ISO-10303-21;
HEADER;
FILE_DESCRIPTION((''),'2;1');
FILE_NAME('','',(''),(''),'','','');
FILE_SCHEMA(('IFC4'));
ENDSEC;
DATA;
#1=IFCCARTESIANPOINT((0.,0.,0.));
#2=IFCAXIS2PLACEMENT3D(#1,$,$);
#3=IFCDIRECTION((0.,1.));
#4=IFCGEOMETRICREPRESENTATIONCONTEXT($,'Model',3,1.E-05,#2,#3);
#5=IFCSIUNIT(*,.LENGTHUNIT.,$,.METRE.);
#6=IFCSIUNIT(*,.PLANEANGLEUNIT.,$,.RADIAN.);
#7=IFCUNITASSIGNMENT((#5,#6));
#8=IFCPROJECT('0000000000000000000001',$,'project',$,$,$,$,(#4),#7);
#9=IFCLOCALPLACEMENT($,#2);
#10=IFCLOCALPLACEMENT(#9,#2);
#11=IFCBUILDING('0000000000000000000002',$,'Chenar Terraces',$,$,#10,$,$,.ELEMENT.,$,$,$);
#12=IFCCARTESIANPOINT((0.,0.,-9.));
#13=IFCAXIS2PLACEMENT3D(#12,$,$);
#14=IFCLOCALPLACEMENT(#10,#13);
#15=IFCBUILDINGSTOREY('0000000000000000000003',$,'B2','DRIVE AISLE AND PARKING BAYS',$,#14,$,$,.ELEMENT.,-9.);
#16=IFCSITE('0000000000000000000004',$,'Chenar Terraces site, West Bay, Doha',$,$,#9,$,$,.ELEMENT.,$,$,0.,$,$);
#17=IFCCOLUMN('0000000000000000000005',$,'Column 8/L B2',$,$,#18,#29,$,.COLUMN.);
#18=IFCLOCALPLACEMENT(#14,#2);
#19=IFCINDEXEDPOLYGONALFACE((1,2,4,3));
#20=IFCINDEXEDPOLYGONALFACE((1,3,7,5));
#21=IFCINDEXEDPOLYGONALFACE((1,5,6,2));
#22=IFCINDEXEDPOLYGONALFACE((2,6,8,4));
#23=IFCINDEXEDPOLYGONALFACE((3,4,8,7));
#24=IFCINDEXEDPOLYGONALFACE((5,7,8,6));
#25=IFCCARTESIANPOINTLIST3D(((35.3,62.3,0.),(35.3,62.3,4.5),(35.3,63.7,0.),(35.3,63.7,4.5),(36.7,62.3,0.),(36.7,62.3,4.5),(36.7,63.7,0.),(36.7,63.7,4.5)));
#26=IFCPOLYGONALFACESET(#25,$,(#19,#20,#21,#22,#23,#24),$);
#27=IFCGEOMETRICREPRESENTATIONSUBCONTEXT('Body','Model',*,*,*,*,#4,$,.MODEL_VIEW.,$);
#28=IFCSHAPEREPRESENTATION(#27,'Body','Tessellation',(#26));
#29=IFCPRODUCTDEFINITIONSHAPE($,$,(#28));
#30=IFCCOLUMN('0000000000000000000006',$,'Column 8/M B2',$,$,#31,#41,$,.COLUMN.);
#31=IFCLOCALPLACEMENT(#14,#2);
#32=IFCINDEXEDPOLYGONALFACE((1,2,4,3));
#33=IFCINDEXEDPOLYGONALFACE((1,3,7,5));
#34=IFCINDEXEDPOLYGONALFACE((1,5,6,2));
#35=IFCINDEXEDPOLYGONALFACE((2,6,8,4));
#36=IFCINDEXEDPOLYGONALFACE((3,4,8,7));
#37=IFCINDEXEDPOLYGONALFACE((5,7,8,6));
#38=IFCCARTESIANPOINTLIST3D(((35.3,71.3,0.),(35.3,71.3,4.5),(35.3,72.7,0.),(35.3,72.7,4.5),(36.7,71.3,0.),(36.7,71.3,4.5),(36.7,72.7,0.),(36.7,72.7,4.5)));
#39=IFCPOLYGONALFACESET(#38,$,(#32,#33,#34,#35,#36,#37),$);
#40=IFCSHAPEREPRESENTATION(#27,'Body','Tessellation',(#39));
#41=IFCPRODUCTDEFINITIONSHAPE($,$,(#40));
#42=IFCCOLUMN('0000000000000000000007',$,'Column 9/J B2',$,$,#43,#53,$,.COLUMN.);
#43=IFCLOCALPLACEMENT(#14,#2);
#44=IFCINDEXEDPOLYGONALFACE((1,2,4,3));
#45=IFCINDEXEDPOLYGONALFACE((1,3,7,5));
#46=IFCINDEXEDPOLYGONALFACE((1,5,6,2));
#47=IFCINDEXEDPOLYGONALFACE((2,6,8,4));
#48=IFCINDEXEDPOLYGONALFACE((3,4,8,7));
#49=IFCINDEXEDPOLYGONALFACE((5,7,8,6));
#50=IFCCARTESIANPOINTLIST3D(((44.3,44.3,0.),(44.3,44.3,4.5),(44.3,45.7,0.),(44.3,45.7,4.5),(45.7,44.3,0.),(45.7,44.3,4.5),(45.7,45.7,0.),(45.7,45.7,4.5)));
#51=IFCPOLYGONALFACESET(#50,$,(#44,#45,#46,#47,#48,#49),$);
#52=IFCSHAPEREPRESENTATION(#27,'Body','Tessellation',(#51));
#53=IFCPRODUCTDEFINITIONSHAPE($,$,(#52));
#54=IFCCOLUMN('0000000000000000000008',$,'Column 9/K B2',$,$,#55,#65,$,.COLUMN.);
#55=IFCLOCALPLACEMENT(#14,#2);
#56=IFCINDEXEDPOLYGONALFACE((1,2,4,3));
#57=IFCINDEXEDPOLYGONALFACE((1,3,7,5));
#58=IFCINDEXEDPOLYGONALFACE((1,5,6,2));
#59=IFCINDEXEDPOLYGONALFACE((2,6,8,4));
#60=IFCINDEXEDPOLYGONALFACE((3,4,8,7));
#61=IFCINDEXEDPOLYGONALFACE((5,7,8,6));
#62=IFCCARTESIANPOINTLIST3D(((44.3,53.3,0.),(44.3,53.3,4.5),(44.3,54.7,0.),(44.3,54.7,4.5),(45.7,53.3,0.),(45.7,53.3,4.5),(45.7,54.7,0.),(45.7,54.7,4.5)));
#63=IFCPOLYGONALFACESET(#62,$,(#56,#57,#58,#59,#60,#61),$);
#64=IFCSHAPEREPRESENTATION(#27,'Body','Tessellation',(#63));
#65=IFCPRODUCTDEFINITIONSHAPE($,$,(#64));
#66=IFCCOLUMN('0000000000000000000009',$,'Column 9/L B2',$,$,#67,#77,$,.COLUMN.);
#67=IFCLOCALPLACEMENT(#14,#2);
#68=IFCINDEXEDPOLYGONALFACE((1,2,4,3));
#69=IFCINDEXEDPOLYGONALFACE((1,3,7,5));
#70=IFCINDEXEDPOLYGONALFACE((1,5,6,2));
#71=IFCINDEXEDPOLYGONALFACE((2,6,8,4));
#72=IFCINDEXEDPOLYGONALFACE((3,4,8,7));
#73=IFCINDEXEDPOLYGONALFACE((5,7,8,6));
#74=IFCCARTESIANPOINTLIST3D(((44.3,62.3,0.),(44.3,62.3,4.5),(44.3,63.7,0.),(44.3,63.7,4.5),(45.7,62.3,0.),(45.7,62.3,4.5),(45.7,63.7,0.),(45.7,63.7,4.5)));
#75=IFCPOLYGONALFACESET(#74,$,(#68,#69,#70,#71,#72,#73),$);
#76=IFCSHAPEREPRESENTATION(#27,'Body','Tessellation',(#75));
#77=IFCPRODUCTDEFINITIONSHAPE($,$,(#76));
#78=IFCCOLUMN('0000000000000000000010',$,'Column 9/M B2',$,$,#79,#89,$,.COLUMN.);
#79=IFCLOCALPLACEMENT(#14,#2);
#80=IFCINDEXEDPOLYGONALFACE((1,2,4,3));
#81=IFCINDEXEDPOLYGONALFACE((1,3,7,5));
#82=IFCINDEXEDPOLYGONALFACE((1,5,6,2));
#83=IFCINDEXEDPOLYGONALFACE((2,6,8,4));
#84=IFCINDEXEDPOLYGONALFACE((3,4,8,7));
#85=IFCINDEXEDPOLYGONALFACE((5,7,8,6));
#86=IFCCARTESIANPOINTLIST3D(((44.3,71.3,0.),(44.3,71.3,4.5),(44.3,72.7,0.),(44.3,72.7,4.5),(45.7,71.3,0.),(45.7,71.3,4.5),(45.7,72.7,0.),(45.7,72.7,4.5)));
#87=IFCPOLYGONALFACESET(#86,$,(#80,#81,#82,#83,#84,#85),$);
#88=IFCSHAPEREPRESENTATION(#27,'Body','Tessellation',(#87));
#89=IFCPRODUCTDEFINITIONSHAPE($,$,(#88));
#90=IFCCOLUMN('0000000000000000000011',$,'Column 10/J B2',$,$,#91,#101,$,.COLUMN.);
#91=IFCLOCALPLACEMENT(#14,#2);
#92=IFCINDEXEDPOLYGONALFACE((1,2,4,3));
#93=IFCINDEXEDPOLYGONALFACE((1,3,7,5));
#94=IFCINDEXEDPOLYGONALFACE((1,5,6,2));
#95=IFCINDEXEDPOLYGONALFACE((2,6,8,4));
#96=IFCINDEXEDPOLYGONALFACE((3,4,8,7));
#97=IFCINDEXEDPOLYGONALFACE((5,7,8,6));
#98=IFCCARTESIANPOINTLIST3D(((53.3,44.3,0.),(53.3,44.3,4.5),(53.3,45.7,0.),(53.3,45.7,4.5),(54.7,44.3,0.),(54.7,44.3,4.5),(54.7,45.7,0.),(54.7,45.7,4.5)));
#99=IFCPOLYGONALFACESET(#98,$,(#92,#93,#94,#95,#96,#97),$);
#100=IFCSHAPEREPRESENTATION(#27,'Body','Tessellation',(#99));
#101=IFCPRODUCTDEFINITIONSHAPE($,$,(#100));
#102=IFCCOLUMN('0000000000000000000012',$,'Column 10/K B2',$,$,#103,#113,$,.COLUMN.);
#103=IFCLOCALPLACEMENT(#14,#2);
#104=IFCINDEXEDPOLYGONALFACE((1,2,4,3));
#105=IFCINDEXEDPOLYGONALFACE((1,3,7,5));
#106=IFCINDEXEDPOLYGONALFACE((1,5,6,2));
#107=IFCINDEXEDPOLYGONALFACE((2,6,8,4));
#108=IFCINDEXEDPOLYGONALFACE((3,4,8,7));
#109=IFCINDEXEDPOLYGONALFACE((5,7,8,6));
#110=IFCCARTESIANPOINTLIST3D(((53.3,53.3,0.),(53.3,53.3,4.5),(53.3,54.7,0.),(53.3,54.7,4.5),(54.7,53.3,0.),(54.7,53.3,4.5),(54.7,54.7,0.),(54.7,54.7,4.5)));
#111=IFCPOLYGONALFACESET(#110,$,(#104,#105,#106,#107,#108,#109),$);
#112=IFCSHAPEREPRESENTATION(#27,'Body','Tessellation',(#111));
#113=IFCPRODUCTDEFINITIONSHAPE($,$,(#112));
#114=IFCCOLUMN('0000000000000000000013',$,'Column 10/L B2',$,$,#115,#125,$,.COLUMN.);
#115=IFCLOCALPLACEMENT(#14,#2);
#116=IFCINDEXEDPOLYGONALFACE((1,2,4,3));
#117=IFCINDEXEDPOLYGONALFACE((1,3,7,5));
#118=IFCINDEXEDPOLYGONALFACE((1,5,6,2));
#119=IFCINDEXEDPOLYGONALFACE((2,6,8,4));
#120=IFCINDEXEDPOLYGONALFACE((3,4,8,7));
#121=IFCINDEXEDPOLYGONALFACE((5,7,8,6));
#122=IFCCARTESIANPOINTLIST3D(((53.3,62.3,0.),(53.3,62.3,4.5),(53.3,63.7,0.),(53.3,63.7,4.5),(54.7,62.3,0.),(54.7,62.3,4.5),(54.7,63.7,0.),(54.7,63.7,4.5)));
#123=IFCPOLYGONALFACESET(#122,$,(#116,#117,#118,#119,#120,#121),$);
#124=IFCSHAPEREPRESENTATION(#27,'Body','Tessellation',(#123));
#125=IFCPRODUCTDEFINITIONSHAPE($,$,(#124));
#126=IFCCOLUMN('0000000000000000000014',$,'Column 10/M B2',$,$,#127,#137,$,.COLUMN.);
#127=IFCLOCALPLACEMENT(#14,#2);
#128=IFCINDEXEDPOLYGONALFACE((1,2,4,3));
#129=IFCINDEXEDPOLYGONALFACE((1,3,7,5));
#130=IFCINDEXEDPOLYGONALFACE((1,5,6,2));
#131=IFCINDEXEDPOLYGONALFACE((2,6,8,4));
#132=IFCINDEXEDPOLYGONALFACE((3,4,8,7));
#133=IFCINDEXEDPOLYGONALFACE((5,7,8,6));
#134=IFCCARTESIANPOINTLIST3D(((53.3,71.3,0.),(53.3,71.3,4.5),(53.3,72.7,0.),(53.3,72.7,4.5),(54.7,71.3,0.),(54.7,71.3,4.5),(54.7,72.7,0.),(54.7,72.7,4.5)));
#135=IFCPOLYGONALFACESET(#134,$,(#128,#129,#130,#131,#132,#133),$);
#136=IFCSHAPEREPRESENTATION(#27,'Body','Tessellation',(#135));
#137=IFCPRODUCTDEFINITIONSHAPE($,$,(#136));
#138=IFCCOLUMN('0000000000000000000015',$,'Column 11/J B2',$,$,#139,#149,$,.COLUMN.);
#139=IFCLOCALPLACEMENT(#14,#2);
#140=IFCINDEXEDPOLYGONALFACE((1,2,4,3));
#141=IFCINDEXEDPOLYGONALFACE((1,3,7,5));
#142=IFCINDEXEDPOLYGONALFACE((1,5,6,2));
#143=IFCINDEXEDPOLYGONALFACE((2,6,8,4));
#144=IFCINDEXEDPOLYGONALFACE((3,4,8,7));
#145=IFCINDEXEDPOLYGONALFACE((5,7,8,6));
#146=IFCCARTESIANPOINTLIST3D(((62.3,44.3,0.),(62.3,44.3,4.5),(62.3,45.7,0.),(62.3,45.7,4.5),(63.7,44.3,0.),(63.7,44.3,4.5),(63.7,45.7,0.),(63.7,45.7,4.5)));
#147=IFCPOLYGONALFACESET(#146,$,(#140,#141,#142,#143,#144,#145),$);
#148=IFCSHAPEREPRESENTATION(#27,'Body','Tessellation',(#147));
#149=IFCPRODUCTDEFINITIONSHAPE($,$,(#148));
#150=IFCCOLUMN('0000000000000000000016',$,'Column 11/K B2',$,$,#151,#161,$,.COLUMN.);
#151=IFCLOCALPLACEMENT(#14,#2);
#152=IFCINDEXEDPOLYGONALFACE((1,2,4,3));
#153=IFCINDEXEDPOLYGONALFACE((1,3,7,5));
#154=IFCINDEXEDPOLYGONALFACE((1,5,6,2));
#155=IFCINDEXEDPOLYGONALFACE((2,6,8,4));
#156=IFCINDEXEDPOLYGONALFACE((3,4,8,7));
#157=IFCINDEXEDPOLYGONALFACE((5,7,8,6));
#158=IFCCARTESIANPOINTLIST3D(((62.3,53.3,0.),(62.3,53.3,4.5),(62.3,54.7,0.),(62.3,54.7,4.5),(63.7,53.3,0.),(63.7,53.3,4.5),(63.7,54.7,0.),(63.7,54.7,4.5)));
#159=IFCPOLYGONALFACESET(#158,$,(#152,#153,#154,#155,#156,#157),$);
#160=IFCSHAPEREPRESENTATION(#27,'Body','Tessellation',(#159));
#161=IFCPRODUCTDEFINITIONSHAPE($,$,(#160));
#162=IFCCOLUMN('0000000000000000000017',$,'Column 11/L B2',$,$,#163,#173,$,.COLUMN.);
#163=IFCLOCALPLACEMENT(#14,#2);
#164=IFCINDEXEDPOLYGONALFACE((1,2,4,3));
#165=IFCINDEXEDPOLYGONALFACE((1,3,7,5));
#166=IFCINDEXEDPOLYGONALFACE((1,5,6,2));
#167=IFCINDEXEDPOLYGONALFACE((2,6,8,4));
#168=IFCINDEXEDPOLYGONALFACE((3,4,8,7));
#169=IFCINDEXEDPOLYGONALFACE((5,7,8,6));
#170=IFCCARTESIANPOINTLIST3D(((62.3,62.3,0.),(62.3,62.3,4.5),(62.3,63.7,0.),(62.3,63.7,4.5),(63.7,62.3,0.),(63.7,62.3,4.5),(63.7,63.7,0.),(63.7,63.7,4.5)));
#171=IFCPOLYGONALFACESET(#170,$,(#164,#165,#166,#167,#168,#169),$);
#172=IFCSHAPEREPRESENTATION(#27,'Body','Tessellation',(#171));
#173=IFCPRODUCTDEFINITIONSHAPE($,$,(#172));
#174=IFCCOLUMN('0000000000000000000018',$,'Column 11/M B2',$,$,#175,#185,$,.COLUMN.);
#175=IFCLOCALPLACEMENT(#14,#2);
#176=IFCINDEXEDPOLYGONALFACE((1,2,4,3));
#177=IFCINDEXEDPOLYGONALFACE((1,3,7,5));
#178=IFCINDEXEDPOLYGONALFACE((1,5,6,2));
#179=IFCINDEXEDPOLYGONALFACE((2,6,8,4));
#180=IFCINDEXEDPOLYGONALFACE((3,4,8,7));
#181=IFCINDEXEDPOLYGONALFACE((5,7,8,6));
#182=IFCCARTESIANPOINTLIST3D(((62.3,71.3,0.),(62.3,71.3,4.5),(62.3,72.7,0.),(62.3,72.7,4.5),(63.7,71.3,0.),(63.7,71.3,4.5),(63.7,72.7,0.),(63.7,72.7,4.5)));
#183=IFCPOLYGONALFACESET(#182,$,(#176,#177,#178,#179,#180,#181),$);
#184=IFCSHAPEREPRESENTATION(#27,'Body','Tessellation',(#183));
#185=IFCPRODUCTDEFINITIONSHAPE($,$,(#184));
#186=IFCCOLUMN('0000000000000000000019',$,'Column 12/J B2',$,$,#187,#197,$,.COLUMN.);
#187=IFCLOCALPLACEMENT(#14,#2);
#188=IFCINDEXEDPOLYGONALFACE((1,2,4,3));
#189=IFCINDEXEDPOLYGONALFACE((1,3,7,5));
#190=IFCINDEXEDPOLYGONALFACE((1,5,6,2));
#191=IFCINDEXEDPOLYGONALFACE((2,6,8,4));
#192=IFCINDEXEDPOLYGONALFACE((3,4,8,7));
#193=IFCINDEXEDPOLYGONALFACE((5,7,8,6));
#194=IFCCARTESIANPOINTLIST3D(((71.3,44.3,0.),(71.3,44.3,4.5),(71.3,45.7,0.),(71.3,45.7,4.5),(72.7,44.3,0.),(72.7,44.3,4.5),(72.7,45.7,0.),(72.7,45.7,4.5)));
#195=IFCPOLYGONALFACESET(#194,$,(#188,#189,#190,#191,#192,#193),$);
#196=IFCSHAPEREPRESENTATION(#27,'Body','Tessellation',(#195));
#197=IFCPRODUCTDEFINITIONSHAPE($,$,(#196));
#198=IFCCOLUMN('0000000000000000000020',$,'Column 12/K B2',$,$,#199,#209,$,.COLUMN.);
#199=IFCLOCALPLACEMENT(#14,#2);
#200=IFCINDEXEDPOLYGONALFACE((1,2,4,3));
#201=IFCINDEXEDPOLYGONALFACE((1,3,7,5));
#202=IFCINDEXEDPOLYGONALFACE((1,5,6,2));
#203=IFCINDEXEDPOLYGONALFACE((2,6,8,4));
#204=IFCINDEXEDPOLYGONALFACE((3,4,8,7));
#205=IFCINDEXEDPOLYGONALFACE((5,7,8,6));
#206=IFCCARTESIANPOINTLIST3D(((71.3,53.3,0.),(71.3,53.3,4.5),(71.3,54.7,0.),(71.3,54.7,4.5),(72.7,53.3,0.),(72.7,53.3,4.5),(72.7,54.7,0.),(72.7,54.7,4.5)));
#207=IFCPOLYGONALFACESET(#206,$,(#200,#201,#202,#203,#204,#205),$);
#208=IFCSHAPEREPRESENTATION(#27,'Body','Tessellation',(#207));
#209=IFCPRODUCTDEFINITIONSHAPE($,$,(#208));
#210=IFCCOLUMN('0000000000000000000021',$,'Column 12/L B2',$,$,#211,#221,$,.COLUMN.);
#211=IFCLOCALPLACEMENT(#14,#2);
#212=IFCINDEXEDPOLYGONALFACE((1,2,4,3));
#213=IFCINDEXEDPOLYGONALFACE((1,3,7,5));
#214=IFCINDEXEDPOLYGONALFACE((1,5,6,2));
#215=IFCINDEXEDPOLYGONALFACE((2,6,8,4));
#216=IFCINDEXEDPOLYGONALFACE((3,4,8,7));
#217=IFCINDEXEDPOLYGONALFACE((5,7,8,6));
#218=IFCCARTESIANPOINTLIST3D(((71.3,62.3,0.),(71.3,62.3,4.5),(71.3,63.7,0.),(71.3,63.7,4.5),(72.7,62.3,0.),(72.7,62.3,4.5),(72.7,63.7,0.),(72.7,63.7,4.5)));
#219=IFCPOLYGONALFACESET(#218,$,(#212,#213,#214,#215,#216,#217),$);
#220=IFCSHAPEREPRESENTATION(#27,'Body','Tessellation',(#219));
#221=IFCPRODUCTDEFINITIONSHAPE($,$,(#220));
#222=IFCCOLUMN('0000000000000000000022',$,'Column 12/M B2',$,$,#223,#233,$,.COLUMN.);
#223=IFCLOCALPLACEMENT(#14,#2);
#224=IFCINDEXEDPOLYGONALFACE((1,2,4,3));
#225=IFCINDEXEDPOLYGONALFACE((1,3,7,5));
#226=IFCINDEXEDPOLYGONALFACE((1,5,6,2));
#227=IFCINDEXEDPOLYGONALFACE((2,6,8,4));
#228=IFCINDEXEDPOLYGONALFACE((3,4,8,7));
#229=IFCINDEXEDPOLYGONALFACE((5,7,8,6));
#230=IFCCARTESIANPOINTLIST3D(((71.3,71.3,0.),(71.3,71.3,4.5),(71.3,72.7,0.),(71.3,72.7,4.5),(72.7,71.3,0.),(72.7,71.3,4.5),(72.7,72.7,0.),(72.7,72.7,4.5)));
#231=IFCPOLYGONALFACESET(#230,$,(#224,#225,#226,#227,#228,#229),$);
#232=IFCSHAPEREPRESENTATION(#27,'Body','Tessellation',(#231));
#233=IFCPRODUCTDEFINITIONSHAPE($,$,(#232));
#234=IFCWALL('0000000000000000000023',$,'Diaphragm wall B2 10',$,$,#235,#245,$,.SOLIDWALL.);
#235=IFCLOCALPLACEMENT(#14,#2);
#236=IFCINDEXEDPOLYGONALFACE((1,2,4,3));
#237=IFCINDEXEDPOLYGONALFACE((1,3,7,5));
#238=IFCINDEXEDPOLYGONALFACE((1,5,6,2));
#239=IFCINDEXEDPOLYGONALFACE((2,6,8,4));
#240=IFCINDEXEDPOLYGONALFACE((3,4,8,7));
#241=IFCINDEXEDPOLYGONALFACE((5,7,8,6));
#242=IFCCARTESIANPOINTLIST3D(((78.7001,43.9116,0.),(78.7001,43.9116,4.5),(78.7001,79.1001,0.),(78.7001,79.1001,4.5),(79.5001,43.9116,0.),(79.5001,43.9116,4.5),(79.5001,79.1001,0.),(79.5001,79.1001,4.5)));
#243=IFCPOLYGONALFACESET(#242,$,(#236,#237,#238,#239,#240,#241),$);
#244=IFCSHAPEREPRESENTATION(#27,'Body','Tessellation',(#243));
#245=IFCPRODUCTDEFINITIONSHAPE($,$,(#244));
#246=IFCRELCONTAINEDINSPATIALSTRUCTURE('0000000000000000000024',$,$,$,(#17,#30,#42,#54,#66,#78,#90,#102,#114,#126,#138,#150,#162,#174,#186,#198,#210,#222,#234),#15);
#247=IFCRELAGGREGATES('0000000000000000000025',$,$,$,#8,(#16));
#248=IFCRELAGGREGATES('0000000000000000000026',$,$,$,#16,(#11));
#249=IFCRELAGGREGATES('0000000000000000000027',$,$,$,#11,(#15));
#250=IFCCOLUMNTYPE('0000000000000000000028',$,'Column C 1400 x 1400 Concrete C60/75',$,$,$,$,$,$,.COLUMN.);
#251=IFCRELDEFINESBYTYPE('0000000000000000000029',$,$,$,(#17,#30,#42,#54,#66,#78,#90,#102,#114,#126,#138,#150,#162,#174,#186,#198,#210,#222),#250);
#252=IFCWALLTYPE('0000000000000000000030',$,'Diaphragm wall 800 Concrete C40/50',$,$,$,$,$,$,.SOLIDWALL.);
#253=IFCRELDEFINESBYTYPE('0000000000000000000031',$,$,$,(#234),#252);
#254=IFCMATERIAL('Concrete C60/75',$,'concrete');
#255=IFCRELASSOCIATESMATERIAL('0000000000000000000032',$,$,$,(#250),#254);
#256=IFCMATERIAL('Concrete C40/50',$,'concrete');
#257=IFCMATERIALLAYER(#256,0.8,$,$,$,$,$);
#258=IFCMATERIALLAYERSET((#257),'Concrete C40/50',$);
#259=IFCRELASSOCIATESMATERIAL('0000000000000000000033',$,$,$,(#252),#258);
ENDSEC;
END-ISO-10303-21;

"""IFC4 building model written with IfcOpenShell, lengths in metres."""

from ifc_helpers import new_model, si_unit, direction, frame, frame_2d, origin, origin_2d, place, context, subcontext, project, spatial, rectangle, extrude, material, layer, layer_set, material_profile, profile_set, type_object, element, save


model = new_model("IFC4")

# Units and contexts
model_context = context("Model", 3, precision=1e-05, world=origin(), true_north=direction((0.0, 1.0)))
body_context = subcontext(model_context, "Body", "Model", "MODEL_VIEW")
ifc_project = project(units=[si_unit("LENGTHUNIT", "METRE"), si_unit("PLANEANGLEUNIT", "RADIAN")], contexts=[model_context])

# Site, building, storey
site_placement = place(None, origin())
site = spatial("IfcSite", under=ifc_project, at=site_placement, Name="Chenar Terraces site, West Bay, Doha", CompositionType="ELEMENT", RefElevation=0.0)
building_placement = place(site_placement, origin())
building = spatial("IfcBuilding", under=site, at=building_placement, Name="Chenar Terraces", CompositionType="ELEMENT")
storey_placement = place(building_placement, frame((0.0, 0.0, -9.0)))
storey = spatial("IfcBuildingStorey", under=building, at=storey_placement, Name="B2", Description="DRIVE AISLE AND PARKING BAYS", CompositionType="ELEMENT", Elevation=-9.0)

# Columns
ifc_material_1 = material(Name="Concrete C60/75", Category="concrete")
ifc_material_profile = material_profile(ifc_material_1, rectangle(XDim=1.3999, YDim=1.3999, at=origin_2d()), Name="C 1400 x 1400")
ifc_profile_set = profile_set([ifc_material_profile], Name="Concrete C60/75")
column_type = type_object("IfcColumnType", Name="Column C 1400 x 1400 Concrete C60/75", PredefinedType="COLUMN", material=ifc_profile_set)
for number, where, z_axis, x_axis, name in (
    (1, (36.0, 63.0, 0.0), (0.0, 0.0, 1.0), (1.0, 0.0, 0.0), "Column 8/L B2"),
    (2, (36.0, 72.0, 0.0), (0.0, 0.0, 1.0), (1.0, 0.0, 0.0), "Column 8/M B2"),
    (3, (45.0, 45.0, 0.0), (0.0, 0.0, 1.0), (1.0, 0.0, 0.0), "Column 9/J B2"),
    (4, (45.0, 54.0, 0.0), (0.0, 0.0, 1.0), (1.0, 0.0, 0.0), "Column 9/K B2"),
    (5, (45.0, 63.0, 0.0), (0.0, 0.0, 1.0), (1.0, 0.0, 0.0), "Column 9/L B2"),
    (6, (45.0, 72.0, 0.0), (0.0, 0.0, 1.0), (1.0, 0.0, 0.0), "Column 9/M B2"),
    (7, (54.0, 45.0, 0.0), (0.0, 0.0, 1.0), (1.0, 0.0, 0.0), "Column 10/J B2"),
    (8, (54.0, 54.0, 0.0), (0.0, 0.0, 1.0), (1.0, 0.0, 0.0), "Column 10/K B2"),
    (9, (54.0, 63.0, 0.0), (0.0, 0.0, 1.0), (1.0, 0.0, 0.0), "Column 10/L B2"),
    (10, (54.0, 72.0, 0.0), (0.0, 0.0, 1.0), (1.0, 0.0, 0.0), "Column 10/M B2"),
    (11, (63.0, 45.0, 0.0), (0.0, 0.0, 1.0), (1.0, 0.0, 0.0), "Column 11/J B2"),
    (12, (63.0, 54.0, 0.0), (0.0, 0.0, 1.0), (1.0, 0.0, 0.0), "Column 11/K B2"),
    (13, (63.0, 63.0, 0.0), (0.0, 0.0, 1.0), (1.0, 0.0, 0.0), "Column 11/L B2"),
    (14, (63.0, 72.0, 0.0), (0.0, 0.0, 1.0), (1.0, 0.0, 0.0), "Column 11/M B2"),
    (15, (72.0, 45.0, 0.0), (0.0, 0.0, 1.0), (1.0, 0.0, 0.0), "Column 12/J B2"),
    (16, (72.0, 54.0, 0.0), (0.0, 0.0, 1.0), (1.0, 0.0, 0.0), "Column 12/K B2"),
    (17, (72.0, 63.0, 0.0), (0.0, 0.0, 1.0), (1.0, 0.0, 0.0), "Column 12/L B2"),
    (18, (72.0, 72.0, 0.0), (0.0, 0.0, 1.0), (1.0, 0.0, 0.0), "Column 12/M B2"),
):
    element("IfcColumn", number, at=place(storey_placement, frame(where, z_axis=z_axis, x_axis=x_axis)), inside=storey, type_object=column_type, Name=name, PredefinedType="COLUMN", context=body_context, shape_type="SweptSolid", body=[
        extrude(rectangle(XDim=1.3999, YDim=1.3999, at=origin_2d()), origin(), (0.0, 0.0, 1.0), 4.5),
    ])

# Wall
ifc_material_2 = material(Name="Concrete C40/50", Category="concrete")
ifc_layer_1 = layer(ifc_material_2, 0.8)
ifc_layer_set_1 = layer_set([ifc_layer_1], Name="Concrete C40/50")
wall_type_1 = type_object("IfcWallType", Name="Diaphragm wall 800 Concrete C40/50", PredefinedType="SOLIDWALL", material=ifc_layer_set_1)
wall_1_placement = place(storey_placement, frame((79.1001, 43.9116, 0.0), z_axis=(0.0, 0.0, 1.0), x_axis=(0.0, 1.0, 0.0)))
element("IfcWall", 19, at=wall_1_placement, inside=storey, type_object=wall_type_1, Name="Diaphragm wall B2 10", PredefinedType="SOLIDWALL", context=body_context, shape_type="SweptSolid", body=[
    extrude(rectangle(XDim=35.1885, YDim=0.8, at=frame_2d((17.5942, 0.0))), origin(), (0.0, 0.0, 1.0), 4.5),
])

save(model, "model.ifc")
